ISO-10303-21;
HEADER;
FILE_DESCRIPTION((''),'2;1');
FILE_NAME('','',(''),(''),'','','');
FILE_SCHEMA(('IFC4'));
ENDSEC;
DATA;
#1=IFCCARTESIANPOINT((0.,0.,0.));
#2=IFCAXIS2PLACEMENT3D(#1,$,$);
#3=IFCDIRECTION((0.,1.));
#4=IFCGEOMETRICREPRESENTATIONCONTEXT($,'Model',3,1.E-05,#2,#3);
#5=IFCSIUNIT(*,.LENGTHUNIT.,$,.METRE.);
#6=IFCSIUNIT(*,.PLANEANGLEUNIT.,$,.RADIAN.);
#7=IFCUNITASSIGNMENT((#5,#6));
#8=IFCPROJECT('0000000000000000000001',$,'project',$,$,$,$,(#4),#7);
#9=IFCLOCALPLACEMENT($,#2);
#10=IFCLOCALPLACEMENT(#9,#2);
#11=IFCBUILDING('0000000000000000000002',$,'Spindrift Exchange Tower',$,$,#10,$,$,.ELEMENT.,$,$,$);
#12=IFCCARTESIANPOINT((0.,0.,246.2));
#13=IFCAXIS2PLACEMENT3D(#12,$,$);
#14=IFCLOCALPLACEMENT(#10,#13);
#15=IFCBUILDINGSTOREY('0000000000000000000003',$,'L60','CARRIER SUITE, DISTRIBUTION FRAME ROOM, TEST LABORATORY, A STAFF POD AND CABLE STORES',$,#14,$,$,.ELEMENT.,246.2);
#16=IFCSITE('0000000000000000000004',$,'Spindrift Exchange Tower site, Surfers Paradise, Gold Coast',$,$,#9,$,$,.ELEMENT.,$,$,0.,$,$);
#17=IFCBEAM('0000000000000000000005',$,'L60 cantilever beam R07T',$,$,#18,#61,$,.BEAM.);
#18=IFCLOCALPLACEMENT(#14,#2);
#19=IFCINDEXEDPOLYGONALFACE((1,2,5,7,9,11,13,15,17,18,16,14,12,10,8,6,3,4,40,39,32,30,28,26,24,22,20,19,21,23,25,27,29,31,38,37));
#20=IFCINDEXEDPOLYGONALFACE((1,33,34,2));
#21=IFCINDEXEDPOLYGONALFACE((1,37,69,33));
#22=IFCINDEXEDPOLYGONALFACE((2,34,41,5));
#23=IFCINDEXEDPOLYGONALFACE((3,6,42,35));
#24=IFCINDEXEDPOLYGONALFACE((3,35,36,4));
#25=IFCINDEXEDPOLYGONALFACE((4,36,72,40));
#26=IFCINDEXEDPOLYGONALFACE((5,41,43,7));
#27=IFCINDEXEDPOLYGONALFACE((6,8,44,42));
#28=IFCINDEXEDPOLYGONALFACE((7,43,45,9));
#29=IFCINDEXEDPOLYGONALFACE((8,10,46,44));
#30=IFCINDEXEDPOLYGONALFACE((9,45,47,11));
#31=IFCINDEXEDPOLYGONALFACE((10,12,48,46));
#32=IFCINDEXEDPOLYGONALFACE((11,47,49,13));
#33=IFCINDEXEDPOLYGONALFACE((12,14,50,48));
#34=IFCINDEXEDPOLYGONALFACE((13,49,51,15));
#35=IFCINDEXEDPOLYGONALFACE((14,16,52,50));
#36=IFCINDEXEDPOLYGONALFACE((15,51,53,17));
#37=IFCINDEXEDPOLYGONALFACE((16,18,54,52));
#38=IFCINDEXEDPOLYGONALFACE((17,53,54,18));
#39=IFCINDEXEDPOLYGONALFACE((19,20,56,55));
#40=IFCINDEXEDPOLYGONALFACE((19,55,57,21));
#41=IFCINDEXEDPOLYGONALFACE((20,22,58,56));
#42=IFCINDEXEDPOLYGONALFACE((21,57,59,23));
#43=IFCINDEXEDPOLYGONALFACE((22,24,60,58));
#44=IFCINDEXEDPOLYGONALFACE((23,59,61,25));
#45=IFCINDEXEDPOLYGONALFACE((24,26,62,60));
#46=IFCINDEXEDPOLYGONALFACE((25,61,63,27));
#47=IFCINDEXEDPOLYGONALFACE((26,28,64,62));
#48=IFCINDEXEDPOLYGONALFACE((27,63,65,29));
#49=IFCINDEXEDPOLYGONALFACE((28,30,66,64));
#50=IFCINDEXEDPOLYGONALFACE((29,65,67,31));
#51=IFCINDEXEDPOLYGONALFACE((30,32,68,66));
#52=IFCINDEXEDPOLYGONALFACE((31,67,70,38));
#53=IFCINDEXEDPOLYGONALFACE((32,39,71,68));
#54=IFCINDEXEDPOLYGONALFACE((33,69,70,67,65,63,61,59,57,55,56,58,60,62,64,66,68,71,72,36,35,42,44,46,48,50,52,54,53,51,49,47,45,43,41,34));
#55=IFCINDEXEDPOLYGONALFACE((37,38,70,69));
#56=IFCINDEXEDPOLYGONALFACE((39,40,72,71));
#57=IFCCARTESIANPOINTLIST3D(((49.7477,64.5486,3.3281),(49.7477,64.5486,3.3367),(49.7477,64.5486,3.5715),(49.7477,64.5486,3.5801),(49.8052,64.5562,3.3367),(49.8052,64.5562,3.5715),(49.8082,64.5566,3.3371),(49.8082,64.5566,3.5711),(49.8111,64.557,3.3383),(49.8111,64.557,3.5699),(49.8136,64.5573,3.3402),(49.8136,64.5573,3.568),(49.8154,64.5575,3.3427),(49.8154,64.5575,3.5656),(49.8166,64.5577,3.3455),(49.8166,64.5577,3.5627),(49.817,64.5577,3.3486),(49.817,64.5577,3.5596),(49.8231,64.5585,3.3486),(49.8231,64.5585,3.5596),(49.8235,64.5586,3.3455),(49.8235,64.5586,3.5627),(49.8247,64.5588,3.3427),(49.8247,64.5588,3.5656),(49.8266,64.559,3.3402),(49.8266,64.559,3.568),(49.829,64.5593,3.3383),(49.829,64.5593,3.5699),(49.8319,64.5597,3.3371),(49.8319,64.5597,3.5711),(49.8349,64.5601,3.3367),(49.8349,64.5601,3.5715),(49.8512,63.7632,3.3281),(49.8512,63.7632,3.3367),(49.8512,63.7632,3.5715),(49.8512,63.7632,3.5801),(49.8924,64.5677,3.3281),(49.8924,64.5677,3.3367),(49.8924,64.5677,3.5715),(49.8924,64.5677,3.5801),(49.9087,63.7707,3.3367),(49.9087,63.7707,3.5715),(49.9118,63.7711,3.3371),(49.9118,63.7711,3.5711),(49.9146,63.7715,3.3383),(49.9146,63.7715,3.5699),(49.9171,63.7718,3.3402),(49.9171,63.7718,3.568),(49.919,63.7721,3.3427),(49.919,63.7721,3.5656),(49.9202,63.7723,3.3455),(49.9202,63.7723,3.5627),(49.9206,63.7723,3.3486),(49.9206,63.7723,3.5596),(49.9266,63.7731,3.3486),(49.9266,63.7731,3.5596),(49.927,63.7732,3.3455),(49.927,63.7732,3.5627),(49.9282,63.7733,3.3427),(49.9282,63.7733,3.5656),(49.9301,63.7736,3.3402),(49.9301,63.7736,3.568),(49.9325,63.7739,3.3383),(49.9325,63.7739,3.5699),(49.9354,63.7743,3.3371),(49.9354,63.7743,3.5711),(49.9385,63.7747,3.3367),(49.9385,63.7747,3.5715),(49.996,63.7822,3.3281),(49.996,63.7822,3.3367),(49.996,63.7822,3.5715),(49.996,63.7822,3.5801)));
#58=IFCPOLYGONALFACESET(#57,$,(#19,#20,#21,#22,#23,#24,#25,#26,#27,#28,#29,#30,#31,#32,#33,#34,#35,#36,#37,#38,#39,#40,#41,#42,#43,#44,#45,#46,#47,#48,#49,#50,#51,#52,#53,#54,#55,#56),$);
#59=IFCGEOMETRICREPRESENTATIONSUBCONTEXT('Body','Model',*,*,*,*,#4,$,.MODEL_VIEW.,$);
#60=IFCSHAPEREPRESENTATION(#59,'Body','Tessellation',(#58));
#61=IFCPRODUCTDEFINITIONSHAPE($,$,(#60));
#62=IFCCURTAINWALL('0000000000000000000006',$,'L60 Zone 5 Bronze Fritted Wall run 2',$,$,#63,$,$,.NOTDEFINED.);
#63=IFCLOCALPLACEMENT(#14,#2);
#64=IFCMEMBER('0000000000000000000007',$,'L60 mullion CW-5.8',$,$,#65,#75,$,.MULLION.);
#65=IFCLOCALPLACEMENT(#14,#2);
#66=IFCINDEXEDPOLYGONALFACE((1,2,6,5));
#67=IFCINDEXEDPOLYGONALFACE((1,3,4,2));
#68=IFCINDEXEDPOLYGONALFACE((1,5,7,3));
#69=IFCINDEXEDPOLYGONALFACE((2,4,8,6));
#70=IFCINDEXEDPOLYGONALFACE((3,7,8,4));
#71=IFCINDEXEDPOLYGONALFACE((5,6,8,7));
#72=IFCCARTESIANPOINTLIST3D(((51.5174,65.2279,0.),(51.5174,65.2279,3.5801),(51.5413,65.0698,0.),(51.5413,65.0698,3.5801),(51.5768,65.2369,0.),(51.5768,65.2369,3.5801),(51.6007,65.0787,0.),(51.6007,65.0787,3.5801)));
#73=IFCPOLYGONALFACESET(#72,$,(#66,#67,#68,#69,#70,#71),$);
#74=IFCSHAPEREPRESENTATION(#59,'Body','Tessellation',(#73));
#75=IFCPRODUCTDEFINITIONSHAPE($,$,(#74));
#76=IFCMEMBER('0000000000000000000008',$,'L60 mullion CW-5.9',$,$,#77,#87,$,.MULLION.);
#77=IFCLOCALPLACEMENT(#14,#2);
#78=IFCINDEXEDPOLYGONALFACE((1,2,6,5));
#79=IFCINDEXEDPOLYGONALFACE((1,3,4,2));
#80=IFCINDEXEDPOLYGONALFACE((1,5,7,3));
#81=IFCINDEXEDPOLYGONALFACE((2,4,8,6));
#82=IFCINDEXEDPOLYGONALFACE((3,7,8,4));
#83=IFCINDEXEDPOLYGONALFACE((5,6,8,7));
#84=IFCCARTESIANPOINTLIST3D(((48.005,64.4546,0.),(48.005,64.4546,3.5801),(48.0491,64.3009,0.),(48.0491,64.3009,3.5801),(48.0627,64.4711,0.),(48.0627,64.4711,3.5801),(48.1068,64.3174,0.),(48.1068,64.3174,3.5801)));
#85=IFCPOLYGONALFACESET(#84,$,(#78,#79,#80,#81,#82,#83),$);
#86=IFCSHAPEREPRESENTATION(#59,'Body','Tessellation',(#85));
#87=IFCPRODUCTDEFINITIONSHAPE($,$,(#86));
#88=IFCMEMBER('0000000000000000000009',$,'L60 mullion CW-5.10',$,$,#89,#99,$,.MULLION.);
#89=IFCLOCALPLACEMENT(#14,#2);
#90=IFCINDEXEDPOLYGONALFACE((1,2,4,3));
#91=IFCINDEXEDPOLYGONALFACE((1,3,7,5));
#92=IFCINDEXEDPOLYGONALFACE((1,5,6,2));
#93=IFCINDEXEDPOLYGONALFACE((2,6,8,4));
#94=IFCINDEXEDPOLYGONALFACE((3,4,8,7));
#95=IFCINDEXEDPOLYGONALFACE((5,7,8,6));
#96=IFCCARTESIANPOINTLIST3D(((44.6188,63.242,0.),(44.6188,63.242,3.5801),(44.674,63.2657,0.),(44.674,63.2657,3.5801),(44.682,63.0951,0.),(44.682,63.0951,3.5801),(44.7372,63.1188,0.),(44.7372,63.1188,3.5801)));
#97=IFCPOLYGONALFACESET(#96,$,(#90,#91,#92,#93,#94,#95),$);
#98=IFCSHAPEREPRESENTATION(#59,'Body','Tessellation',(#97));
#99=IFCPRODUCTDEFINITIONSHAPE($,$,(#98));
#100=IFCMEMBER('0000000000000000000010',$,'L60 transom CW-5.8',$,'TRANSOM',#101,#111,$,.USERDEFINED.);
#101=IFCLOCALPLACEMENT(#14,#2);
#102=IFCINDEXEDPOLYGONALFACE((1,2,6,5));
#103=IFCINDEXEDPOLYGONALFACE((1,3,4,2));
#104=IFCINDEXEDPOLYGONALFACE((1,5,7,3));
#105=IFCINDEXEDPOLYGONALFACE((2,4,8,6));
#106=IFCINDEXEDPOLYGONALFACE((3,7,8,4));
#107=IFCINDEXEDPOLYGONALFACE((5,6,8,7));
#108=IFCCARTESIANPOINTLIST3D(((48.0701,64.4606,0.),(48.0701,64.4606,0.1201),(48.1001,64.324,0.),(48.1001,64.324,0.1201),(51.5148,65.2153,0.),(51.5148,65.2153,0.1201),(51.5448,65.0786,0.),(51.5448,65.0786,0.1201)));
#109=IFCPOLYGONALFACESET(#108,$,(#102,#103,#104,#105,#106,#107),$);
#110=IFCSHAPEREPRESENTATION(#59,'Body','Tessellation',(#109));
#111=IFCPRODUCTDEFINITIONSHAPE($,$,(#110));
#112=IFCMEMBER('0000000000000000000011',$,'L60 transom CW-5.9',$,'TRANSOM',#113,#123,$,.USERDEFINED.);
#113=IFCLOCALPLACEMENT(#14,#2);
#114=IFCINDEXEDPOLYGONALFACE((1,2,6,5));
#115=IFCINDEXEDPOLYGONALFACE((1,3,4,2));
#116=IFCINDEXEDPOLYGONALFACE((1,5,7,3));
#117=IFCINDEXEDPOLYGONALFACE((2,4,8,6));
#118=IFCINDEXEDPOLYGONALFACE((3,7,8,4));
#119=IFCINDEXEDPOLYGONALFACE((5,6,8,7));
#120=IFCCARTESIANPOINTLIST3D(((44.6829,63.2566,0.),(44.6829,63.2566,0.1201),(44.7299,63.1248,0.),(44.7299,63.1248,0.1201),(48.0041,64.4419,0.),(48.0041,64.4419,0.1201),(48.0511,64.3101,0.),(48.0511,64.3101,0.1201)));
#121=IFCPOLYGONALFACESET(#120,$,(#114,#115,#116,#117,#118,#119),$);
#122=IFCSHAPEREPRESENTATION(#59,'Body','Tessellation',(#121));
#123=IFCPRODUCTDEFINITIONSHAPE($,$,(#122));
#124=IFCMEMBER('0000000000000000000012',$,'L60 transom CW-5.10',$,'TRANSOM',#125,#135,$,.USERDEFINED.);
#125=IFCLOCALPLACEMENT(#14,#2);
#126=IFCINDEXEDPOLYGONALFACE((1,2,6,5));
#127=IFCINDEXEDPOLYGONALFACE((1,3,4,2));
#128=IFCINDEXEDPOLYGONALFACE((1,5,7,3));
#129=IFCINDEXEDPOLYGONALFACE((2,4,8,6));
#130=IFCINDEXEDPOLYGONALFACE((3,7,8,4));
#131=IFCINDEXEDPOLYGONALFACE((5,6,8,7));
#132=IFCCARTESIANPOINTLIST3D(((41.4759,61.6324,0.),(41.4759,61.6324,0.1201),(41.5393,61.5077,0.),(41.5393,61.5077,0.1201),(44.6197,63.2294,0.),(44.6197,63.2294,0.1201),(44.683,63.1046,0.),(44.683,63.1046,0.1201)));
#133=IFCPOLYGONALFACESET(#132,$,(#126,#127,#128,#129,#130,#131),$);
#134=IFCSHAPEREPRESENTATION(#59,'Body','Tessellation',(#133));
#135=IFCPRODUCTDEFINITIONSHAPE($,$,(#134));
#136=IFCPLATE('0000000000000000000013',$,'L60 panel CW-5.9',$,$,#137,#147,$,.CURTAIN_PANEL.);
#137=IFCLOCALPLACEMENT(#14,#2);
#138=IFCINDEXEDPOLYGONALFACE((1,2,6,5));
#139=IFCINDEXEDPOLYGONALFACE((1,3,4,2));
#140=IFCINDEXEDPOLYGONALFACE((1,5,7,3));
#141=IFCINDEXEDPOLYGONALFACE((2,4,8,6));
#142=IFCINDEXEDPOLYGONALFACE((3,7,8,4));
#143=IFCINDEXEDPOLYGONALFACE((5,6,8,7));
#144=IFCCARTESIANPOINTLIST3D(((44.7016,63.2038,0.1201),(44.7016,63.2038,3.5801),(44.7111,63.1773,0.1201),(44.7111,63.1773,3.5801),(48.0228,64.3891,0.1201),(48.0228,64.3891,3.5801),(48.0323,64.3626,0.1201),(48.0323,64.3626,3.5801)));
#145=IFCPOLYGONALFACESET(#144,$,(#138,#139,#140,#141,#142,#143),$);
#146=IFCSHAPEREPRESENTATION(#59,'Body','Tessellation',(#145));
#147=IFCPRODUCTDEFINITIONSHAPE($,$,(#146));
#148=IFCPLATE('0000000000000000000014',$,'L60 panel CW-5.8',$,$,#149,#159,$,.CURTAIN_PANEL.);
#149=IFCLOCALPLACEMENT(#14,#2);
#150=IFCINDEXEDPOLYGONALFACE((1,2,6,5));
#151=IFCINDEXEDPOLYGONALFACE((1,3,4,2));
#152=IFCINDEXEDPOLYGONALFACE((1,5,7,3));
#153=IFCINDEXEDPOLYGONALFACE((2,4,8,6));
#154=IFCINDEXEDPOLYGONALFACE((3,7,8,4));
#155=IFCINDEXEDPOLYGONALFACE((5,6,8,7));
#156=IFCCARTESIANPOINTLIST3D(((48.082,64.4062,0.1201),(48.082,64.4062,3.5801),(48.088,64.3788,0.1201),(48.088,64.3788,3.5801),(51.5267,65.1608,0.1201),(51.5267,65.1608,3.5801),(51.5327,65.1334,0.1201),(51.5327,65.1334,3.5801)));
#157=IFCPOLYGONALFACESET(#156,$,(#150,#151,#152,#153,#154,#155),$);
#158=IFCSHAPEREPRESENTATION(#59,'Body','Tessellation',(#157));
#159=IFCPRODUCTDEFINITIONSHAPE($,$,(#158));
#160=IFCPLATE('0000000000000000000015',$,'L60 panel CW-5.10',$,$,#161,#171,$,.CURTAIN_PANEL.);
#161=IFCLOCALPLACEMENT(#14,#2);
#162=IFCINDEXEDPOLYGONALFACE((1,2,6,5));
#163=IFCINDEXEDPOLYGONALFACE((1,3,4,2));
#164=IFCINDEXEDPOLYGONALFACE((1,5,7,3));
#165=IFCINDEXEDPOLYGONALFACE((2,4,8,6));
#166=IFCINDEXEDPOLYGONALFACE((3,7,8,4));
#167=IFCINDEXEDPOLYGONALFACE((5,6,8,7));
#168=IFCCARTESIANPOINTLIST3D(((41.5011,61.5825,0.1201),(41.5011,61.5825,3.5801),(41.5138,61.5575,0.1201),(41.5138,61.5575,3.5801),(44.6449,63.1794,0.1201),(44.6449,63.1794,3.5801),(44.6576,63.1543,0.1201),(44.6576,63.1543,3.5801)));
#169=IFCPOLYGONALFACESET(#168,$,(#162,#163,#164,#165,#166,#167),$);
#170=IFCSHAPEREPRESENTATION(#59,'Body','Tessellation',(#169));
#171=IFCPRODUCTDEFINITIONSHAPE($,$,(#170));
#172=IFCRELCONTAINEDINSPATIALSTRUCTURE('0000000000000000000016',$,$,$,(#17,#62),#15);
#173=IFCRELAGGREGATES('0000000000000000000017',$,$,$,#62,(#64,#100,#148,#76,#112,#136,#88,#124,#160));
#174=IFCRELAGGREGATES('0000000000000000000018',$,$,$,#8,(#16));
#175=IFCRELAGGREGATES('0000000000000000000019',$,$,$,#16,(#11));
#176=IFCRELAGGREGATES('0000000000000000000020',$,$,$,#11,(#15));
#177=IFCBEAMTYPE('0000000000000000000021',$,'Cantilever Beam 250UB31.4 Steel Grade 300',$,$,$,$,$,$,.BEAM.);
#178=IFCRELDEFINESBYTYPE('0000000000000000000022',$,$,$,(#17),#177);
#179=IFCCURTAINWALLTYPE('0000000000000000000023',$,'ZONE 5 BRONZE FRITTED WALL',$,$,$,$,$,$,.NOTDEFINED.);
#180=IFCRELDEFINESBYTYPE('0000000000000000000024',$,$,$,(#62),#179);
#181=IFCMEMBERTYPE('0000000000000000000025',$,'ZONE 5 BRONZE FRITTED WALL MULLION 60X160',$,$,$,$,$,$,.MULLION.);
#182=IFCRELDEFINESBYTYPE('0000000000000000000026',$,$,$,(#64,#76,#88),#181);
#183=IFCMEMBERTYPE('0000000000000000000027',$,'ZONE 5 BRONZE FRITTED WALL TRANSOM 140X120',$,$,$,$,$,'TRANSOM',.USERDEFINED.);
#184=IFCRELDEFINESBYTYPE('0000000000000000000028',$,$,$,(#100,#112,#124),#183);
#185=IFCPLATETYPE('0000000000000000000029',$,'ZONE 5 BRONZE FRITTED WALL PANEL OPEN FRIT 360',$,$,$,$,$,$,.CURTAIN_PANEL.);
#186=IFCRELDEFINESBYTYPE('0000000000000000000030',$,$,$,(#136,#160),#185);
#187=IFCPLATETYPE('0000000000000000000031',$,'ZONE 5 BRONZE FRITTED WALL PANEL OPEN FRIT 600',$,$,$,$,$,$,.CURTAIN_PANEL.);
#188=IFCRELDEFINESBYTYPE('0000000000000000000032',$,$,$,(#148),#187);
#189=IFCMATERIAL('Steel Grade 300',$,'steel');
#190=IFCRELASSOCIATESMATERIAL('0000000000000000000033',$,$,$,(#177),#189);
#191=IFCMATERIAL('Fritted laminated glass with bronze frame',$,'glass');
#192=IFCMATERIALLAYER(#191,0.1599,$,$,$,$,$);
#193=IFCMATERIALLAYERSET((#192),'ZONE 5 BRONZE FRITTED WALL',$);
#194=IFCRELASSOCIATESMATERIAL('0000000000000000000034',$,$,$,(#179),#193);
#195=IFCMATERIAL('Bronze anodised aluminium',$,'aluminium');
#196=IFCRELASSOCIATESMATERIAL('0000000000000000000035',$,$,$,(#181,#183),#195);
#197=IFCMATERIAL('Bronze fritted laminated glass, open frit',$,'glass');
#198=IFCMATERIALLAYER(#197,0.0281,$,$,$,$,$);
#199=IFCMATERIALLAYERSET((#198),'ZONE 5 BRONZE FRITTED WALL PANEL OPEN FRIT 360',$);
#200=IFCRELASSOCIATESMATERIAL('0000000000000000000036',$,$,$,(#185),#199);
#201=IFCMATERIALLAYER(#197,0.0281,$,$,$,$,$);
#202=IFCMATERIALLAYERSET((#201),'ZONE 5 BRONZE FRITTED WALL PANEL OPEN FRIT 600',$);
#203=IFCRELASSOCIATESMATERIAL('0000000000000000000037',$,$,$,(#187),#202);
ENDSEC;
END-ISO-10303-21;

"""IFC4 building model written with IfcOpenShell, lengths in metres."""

from ifc_helpers import new_model, si_unit, direction, frame, origin, origin_2d, place, context, subcontext, project, spatial, rectangle, i_section, extrude, source, transform, mapped, material, layer, layer_set, material_profile, profile_set, type_object, element, aggregate, save


model = new_model("IFC4")

# Units and contexts
model_context = context("Model", 3, precision=1e-05, world=origin(), true_north=direction((0.0, 1.0)))
body_context = subcontext(model_context, "Body", "Model", "MODEL_VIEW")
ifc_project = project(units=[si_unit("LENGTHUNIT", "METRE"), si_unit("PLANEANGLEUNIT", "RADIAN")], contexts=[model_context])

# Site, building, storey
site_placement = place(None, origin())
site = spatial("IfcSite", under=ifc_project, at=site_placement, Name="Spindrift Exchange Tower site, Surfers Paradise, Gold Coast", CompositionType="ELEMENT", RefElevation=0.0)
building_placement = place(site_placement, origin())
building = spatial("IfcBuilding", under=site, at=building_placement, Name="Spindrift Exchange Tower", CompositionType="ELEMENT")
storey_placement = place(building_placement, frame((0.0, 0.0, 246.2)))
storey = spatial("IfcBuildingStorey", under=building, at=storey_placement, Name="L60", Description="CARRIER SUITE, DISTRIBUTION FRAME ROOM, TEST LABORATORY, A STAFF POD AND CABLE STORES", CompositionType="ELEMENT", Elevation=246.2)

# Beam
ifc_material_1 = material(Name="Steel Grade 300", Category="steel")
ifc_material_profile_1 = material_profile(ifc_material_1, i_section(OverallWidth=0.146, OverallDepth=0.252, WebThickness=0.0061, FlangeThickness=0.0085, FilletRadius=0.012, at=origin_2d()), Name="250UB31.4")
ifc_profile_set_1 = profile_set([ifc_material_profile_1], Name="Steel Grade 300")
beam_type_1 = type_object("IfcBeamType", Name="Cantilever Beam 250UB31.4 Steel Grade 300", PredefinedType="BEAM", material=ifc_profile_set_1)
shared_shape_1 = source(origin(), body_context, "Body", "SweptSolid", [
    extrude(i_section(OverallWidth=0.146, OverallDepth=0.252, WebThickness=0.0061, FlangeThickness=0.0085, FilletRadius=0.012, at=origin_2d()), origin(), (0.0, 0.0, 1.0), 0.7922),
])
beam_1_placement = place(storey_placement, frame((49.9236, 63.7727, 3.4541), z_axis=(-0.13067, 0.991426, 0.0), x_axis=(-0.991426, -0.13067, 0.0)))
element("IfcBeam", 1, at=beam_1_placement, inside=storey, type_object=beam_type_1, Name="L60 cantilever beam R07T", PredefinedType="BEAM", context=body_context, shape_type="MappedRepresentation", body=[
    mapped(shared_shape_1, transform((0.0, 0.0, 0.0), scale=1.0)),
])

# Curtain wall, members, plates
ifc_material_2 = material(Name="Fritted laminated glass with bronze frame", Category="glass")
ifc_layer_1 = layer(ifc_material_2, 0.1599)
ifc_layer_set_1 = layer_set([ifc_layer_1], Name="ZONE 5 BRONZE FRITTED WALL")
curtain_wall_type = type_object("IfcCurtainWallType", Name="ZONE 5 BRONZE FRITTED WALL", PredefinedType="NOTDEFINED", material=ifc_layer_set_1)
curtain_wall_placement = place(storey_placement, origin())
curtain_wall = element("IfcCurtainWall", 2, at=curtain_wall_placement, inside=storey, type_object=curtain_wall_type, Name="L60 Zone 5 Bronze Fritted Wall run 2", PredefinedType="NOTDEFINED")
ifc_material_3 = material(Name="Bronze anodised aluminium", Category="aluminium")
ifc_material_profile_2 = material_profile(ifc_material_3, rectangle(XDim=0.0601, YDim=0.1599, at=origin_2d()), Name="ZONE 5 BRONZE FRITTED WALL MULLION 60X160")
ifc_profile_set_2 = profile_set([ifc_material_profile_2], Name="Bronze anodised aluminium")
member_type_1 = type_object("IfcMemberType", Name="ZONE 5 BRONZE FRITTED WALL MULLION 60X160", PredefinedType="MULLION", material=ifc_profile_set_2)
shared_shape_2 = source(origin(), body_context, "Body", "SweptSolid", [
    extrude(rectangle(XDim=0.0601, YDim=0.1599, at=origin_2d()), origin(), (0.0, 0.0, 1.0), 3.5801),
])
member_1_placement = place(storey_placement, frame((51.5591, 65.1533, 0.0), z_axis=(0.0, 0.0, 1.0), x_axis=(-0.988784, -0.149353, 0.0)))
member_1 = element("IfcMember", 3, at=member_1_placement, type_object=member_type_1, Name="L60 mullion CW-5.8", PredefinedType="MULLION", context=body_context, shape_type="MappedRepresentation", body=[
    mapped(shared_shape_2, transform((0.0, 0.0, 0.0), scale=1.0)),
])
member_2_placement = place(storey_placement, frame((48.0559, 64.386, 0.0), z_axis=(0.0, 0.0, 1.0), x_axis=(-0.961268, -0.275615, 0.0)))
member_2 = element("IfcMember", 4, at=member_2_placement, type_object=member_type_1, Name="L60 mullion CW-5.9", PredefinedType="MULLION", context=body_context, shape_type="MappedRepresentation", body=[
    mapped(shared_shape_2, transform((0.0, 0.0, 0.0), scale=1.0)),
])
member_3_placement = place(storey_placement, frame((44.678, 63.1804, 0.0), z_axis=(0.0, 0.0, 1.0), x_axis=(-0.918552, -0.395301, 0.0)))
member_3 = element("IfcMember", 5, at=member_3_placement, type_object=member_type_1, Name="L60 mullion CW-5.10", PredefinedType="MULLION", context=body_context, shape_type="MappedRepresentation", body=[
    mapped(shared_shape_2, transform((0.0, 0.0, 0.0), scale=1.0)),
])
ifc_material_profile_3 = material_profile(ifc_material_3, rectangle(XDim=0.1399, YDim=0.1201, at=origin_2d()), Name="ZONE 5 BRONZE FRITTED WALL TRANSOM 140X120")
ifc_profile_set_3 = profile_set([ifc_material_profile_3], Name="Bronze anodised aluminium")
member_type_2 = type_object("IfcMemberType", Name="ZONE 5 BRONZE FRITTED WALL TRANSOM 140X120", ElementType="TRANSOM", PredefinedType="USERDEFINED", material=ifc_profile_set_3)
shared_shape_3 = source(origin(), body_context, "Body", "SweptSolid", [
    extrude(rectangle(XDim=0.1399, YDim=0.1201, at=origin_2d()), origin(), (0.0, 0.0, 1.0), 3.5264),
])
member_4_placement = place(storey_placement, frame((51.5298, 65.147, 0.0601), z_axis=(-0.976833, -0.214005, 0.0), x_axis=(0.214005, -0.976833, 0.0)))
member_4 = element("IfcMember", 6, at=member_4_placement, type_object=member_type_2, Name="L60 transom CW-5.8", ObjectType="TRANSOM", PredefinedType="USERDEFINED", context=body_context, shape_type="MappedRepresentation", body=[
    mapped(shared_shape_3, transform((0.0, 0.0, 0.0), scale=1.0)),
])
member_5_placement = place(storey_placement, frame((48.0276, 64.376, 0.0601), z_axis=(-0.94182, -0.336117, 0.0), x_axis=(0.336117, -0.94182, 0.0)))
member_5 = element("IfcMember", 7, at=member_5_placement, type_object=member_type_2, Name="L60 transom CW-5.9", ObjectType="TRANSOM", PredefinedType="USERDEFINED", context=body_context, shape_type="MappedRepresentation", body=[
    mapped(shared_shape_3, transform((0.0, 0.0, 0.0), scale=1.0)),
])
shared_shape_4 = source(origin(), body_context, "Body", "SweptSolid", [
    extrude(rectangle(XDim=0.1399, YDim=0.1201, at=origin_2d()), origin(), (0.0, 0.0, 1.0), 3.5261),
])
member_6_placement = place(storey_placement, frame((44.6514, 63.167, 0.0601), z_axis=(-0.89157, -0.452882, 0.0), x_axis=(0.452882, -0.89157, 0.0)))
member_6 = element("IfcMember", 8, at=member_6_placement, type_object=member_type_2, Name="L60 transom CW-5.10", ObjectType="TRANSOM", PredefinedType="USERDEFINED", context=body_context, shape_type="MappedRepresentation", body=[
    mapped(shared_shape_4, transform((0.0, 0.0, 0.0), scale=1.0)),
])
ifc_material_4 = material(Name="Bronze fritted laminated glass, open frit", Category="glass")
ifc_layer_2 = layer(ifc_material_4, 0.0281)
ifc_layer_set_2 = layer_set([ifc_layer_2], Name="ZONE 5 BRONZE FRITTED WALL PANEL OPEN FRIT 360")
plate_type_1 = type_object("IfcPlateType", Name="ZONE 5 BRONZE FRITTED WALL PANEL OPEN FRIT 360", PredefinedType="CURTAIN_PANEL", material=ifc_layer_set_2)
shared_shape_5 = source(origin(), body_context, "Body", "SweptSolid", [
    extrude(rectangle(XDim=3.5264, YDim=0.0281, at=origin_2d()), origin(), (0.0, 0.0, 1.0), 3.46),
])
plate_1_placement = place(storey_placement, frame((46.3669, 63.7832, 0.1201), z_axis=(0.0, 0.0, 1.0), x_axis=(-0.941814, -0.336134, 0.0)))
plate_1 = element("IfcPlate", 9, at=plate_1_placement, type_object=plate_type_1, Name="L60 panel CW-5.9", PredefinedType="CURTAIN_PANEL", context=body_context, shape_type="MappedRepresentation", body=[
    mapped(shared_shape_5, transform((0.0, 0.0, 0.0), scale=1.0)),
])
ifc_layer_3 = layer(ifc_material_4, 0.0281)
ifc_layer_set_3 = layer_set([ifc_layer_3], Name="ZONE 5 BRONZE FRITTED WALL PANEL OPEN FRIT 600")
plate_type_2 = type_object("IfcPlateType", Name="ZONE 5 BRONZE FRITTED WALL PANEL OPEN FRIT 600", PredefinedType="CURTAIN_PANEL", material=ifc_layer_set_3)
shared_shape_6 = source(origin(), body_context, "Body", "SweptSolid", [
    extrude(rectangle(XDim=3.5264, YDim=0.0281, at=origin_2d()), origin(), (0.0, 0.0, 1.0), 3.46),
])
plate_2_placement = place(storey_placement, frame((49.8074, 64.7698, 0.1201), z_axis=(0.0, 0.0, 1.0), x_axis=(-0.976837, -0.213984, 0.0)))
plate_2 = element("IfcPlate", 10, at=plate_2_placement, type_object=plate_type_2, Name="L60 panel CW-5.8", PredefinedType="CURTAIN_PANEL", context=body_context, shape_type="MappedRepresentation", body=[
    mapped(shared_shape_6, transform((0.0, 0.0, 0.0), scale=1.0)),
])
shared_shape_7 = source(origin(), body_context, "Body", "SweptSolid", [
    extrude(rectangle(XDim=3.5261, YDim=0.0281, at=origin_2d()), origin(), (0.0, 0.0, 1.0), 3.46),
])
plate_3_placement = place(storey_placement, frame((43.0793, 62.3684, 0.1201), z_axis=(0.0, 0.0, 1.0), x_axis=(-0.891576, -0.45287, 0.0)))
plate_3 = element("IfcPlate", 11, at=plate_3_placement, type_object=plate_type_1, Name="L60 panel CW-5.10", PredefinedType="CURTAIN_PANEL", context=body_context, shape_type="MappedRepresentation", body=[
    mapped(shared_shape_7, transform((0.0, 0.0, 0.0), scale=1.0)),
])
aggregate(curtain_wall, [member_1, member_4, plate_2, member_2, member_5, plate_1, member_3, member_6, plate_3])

save(model, "model.ifc")
